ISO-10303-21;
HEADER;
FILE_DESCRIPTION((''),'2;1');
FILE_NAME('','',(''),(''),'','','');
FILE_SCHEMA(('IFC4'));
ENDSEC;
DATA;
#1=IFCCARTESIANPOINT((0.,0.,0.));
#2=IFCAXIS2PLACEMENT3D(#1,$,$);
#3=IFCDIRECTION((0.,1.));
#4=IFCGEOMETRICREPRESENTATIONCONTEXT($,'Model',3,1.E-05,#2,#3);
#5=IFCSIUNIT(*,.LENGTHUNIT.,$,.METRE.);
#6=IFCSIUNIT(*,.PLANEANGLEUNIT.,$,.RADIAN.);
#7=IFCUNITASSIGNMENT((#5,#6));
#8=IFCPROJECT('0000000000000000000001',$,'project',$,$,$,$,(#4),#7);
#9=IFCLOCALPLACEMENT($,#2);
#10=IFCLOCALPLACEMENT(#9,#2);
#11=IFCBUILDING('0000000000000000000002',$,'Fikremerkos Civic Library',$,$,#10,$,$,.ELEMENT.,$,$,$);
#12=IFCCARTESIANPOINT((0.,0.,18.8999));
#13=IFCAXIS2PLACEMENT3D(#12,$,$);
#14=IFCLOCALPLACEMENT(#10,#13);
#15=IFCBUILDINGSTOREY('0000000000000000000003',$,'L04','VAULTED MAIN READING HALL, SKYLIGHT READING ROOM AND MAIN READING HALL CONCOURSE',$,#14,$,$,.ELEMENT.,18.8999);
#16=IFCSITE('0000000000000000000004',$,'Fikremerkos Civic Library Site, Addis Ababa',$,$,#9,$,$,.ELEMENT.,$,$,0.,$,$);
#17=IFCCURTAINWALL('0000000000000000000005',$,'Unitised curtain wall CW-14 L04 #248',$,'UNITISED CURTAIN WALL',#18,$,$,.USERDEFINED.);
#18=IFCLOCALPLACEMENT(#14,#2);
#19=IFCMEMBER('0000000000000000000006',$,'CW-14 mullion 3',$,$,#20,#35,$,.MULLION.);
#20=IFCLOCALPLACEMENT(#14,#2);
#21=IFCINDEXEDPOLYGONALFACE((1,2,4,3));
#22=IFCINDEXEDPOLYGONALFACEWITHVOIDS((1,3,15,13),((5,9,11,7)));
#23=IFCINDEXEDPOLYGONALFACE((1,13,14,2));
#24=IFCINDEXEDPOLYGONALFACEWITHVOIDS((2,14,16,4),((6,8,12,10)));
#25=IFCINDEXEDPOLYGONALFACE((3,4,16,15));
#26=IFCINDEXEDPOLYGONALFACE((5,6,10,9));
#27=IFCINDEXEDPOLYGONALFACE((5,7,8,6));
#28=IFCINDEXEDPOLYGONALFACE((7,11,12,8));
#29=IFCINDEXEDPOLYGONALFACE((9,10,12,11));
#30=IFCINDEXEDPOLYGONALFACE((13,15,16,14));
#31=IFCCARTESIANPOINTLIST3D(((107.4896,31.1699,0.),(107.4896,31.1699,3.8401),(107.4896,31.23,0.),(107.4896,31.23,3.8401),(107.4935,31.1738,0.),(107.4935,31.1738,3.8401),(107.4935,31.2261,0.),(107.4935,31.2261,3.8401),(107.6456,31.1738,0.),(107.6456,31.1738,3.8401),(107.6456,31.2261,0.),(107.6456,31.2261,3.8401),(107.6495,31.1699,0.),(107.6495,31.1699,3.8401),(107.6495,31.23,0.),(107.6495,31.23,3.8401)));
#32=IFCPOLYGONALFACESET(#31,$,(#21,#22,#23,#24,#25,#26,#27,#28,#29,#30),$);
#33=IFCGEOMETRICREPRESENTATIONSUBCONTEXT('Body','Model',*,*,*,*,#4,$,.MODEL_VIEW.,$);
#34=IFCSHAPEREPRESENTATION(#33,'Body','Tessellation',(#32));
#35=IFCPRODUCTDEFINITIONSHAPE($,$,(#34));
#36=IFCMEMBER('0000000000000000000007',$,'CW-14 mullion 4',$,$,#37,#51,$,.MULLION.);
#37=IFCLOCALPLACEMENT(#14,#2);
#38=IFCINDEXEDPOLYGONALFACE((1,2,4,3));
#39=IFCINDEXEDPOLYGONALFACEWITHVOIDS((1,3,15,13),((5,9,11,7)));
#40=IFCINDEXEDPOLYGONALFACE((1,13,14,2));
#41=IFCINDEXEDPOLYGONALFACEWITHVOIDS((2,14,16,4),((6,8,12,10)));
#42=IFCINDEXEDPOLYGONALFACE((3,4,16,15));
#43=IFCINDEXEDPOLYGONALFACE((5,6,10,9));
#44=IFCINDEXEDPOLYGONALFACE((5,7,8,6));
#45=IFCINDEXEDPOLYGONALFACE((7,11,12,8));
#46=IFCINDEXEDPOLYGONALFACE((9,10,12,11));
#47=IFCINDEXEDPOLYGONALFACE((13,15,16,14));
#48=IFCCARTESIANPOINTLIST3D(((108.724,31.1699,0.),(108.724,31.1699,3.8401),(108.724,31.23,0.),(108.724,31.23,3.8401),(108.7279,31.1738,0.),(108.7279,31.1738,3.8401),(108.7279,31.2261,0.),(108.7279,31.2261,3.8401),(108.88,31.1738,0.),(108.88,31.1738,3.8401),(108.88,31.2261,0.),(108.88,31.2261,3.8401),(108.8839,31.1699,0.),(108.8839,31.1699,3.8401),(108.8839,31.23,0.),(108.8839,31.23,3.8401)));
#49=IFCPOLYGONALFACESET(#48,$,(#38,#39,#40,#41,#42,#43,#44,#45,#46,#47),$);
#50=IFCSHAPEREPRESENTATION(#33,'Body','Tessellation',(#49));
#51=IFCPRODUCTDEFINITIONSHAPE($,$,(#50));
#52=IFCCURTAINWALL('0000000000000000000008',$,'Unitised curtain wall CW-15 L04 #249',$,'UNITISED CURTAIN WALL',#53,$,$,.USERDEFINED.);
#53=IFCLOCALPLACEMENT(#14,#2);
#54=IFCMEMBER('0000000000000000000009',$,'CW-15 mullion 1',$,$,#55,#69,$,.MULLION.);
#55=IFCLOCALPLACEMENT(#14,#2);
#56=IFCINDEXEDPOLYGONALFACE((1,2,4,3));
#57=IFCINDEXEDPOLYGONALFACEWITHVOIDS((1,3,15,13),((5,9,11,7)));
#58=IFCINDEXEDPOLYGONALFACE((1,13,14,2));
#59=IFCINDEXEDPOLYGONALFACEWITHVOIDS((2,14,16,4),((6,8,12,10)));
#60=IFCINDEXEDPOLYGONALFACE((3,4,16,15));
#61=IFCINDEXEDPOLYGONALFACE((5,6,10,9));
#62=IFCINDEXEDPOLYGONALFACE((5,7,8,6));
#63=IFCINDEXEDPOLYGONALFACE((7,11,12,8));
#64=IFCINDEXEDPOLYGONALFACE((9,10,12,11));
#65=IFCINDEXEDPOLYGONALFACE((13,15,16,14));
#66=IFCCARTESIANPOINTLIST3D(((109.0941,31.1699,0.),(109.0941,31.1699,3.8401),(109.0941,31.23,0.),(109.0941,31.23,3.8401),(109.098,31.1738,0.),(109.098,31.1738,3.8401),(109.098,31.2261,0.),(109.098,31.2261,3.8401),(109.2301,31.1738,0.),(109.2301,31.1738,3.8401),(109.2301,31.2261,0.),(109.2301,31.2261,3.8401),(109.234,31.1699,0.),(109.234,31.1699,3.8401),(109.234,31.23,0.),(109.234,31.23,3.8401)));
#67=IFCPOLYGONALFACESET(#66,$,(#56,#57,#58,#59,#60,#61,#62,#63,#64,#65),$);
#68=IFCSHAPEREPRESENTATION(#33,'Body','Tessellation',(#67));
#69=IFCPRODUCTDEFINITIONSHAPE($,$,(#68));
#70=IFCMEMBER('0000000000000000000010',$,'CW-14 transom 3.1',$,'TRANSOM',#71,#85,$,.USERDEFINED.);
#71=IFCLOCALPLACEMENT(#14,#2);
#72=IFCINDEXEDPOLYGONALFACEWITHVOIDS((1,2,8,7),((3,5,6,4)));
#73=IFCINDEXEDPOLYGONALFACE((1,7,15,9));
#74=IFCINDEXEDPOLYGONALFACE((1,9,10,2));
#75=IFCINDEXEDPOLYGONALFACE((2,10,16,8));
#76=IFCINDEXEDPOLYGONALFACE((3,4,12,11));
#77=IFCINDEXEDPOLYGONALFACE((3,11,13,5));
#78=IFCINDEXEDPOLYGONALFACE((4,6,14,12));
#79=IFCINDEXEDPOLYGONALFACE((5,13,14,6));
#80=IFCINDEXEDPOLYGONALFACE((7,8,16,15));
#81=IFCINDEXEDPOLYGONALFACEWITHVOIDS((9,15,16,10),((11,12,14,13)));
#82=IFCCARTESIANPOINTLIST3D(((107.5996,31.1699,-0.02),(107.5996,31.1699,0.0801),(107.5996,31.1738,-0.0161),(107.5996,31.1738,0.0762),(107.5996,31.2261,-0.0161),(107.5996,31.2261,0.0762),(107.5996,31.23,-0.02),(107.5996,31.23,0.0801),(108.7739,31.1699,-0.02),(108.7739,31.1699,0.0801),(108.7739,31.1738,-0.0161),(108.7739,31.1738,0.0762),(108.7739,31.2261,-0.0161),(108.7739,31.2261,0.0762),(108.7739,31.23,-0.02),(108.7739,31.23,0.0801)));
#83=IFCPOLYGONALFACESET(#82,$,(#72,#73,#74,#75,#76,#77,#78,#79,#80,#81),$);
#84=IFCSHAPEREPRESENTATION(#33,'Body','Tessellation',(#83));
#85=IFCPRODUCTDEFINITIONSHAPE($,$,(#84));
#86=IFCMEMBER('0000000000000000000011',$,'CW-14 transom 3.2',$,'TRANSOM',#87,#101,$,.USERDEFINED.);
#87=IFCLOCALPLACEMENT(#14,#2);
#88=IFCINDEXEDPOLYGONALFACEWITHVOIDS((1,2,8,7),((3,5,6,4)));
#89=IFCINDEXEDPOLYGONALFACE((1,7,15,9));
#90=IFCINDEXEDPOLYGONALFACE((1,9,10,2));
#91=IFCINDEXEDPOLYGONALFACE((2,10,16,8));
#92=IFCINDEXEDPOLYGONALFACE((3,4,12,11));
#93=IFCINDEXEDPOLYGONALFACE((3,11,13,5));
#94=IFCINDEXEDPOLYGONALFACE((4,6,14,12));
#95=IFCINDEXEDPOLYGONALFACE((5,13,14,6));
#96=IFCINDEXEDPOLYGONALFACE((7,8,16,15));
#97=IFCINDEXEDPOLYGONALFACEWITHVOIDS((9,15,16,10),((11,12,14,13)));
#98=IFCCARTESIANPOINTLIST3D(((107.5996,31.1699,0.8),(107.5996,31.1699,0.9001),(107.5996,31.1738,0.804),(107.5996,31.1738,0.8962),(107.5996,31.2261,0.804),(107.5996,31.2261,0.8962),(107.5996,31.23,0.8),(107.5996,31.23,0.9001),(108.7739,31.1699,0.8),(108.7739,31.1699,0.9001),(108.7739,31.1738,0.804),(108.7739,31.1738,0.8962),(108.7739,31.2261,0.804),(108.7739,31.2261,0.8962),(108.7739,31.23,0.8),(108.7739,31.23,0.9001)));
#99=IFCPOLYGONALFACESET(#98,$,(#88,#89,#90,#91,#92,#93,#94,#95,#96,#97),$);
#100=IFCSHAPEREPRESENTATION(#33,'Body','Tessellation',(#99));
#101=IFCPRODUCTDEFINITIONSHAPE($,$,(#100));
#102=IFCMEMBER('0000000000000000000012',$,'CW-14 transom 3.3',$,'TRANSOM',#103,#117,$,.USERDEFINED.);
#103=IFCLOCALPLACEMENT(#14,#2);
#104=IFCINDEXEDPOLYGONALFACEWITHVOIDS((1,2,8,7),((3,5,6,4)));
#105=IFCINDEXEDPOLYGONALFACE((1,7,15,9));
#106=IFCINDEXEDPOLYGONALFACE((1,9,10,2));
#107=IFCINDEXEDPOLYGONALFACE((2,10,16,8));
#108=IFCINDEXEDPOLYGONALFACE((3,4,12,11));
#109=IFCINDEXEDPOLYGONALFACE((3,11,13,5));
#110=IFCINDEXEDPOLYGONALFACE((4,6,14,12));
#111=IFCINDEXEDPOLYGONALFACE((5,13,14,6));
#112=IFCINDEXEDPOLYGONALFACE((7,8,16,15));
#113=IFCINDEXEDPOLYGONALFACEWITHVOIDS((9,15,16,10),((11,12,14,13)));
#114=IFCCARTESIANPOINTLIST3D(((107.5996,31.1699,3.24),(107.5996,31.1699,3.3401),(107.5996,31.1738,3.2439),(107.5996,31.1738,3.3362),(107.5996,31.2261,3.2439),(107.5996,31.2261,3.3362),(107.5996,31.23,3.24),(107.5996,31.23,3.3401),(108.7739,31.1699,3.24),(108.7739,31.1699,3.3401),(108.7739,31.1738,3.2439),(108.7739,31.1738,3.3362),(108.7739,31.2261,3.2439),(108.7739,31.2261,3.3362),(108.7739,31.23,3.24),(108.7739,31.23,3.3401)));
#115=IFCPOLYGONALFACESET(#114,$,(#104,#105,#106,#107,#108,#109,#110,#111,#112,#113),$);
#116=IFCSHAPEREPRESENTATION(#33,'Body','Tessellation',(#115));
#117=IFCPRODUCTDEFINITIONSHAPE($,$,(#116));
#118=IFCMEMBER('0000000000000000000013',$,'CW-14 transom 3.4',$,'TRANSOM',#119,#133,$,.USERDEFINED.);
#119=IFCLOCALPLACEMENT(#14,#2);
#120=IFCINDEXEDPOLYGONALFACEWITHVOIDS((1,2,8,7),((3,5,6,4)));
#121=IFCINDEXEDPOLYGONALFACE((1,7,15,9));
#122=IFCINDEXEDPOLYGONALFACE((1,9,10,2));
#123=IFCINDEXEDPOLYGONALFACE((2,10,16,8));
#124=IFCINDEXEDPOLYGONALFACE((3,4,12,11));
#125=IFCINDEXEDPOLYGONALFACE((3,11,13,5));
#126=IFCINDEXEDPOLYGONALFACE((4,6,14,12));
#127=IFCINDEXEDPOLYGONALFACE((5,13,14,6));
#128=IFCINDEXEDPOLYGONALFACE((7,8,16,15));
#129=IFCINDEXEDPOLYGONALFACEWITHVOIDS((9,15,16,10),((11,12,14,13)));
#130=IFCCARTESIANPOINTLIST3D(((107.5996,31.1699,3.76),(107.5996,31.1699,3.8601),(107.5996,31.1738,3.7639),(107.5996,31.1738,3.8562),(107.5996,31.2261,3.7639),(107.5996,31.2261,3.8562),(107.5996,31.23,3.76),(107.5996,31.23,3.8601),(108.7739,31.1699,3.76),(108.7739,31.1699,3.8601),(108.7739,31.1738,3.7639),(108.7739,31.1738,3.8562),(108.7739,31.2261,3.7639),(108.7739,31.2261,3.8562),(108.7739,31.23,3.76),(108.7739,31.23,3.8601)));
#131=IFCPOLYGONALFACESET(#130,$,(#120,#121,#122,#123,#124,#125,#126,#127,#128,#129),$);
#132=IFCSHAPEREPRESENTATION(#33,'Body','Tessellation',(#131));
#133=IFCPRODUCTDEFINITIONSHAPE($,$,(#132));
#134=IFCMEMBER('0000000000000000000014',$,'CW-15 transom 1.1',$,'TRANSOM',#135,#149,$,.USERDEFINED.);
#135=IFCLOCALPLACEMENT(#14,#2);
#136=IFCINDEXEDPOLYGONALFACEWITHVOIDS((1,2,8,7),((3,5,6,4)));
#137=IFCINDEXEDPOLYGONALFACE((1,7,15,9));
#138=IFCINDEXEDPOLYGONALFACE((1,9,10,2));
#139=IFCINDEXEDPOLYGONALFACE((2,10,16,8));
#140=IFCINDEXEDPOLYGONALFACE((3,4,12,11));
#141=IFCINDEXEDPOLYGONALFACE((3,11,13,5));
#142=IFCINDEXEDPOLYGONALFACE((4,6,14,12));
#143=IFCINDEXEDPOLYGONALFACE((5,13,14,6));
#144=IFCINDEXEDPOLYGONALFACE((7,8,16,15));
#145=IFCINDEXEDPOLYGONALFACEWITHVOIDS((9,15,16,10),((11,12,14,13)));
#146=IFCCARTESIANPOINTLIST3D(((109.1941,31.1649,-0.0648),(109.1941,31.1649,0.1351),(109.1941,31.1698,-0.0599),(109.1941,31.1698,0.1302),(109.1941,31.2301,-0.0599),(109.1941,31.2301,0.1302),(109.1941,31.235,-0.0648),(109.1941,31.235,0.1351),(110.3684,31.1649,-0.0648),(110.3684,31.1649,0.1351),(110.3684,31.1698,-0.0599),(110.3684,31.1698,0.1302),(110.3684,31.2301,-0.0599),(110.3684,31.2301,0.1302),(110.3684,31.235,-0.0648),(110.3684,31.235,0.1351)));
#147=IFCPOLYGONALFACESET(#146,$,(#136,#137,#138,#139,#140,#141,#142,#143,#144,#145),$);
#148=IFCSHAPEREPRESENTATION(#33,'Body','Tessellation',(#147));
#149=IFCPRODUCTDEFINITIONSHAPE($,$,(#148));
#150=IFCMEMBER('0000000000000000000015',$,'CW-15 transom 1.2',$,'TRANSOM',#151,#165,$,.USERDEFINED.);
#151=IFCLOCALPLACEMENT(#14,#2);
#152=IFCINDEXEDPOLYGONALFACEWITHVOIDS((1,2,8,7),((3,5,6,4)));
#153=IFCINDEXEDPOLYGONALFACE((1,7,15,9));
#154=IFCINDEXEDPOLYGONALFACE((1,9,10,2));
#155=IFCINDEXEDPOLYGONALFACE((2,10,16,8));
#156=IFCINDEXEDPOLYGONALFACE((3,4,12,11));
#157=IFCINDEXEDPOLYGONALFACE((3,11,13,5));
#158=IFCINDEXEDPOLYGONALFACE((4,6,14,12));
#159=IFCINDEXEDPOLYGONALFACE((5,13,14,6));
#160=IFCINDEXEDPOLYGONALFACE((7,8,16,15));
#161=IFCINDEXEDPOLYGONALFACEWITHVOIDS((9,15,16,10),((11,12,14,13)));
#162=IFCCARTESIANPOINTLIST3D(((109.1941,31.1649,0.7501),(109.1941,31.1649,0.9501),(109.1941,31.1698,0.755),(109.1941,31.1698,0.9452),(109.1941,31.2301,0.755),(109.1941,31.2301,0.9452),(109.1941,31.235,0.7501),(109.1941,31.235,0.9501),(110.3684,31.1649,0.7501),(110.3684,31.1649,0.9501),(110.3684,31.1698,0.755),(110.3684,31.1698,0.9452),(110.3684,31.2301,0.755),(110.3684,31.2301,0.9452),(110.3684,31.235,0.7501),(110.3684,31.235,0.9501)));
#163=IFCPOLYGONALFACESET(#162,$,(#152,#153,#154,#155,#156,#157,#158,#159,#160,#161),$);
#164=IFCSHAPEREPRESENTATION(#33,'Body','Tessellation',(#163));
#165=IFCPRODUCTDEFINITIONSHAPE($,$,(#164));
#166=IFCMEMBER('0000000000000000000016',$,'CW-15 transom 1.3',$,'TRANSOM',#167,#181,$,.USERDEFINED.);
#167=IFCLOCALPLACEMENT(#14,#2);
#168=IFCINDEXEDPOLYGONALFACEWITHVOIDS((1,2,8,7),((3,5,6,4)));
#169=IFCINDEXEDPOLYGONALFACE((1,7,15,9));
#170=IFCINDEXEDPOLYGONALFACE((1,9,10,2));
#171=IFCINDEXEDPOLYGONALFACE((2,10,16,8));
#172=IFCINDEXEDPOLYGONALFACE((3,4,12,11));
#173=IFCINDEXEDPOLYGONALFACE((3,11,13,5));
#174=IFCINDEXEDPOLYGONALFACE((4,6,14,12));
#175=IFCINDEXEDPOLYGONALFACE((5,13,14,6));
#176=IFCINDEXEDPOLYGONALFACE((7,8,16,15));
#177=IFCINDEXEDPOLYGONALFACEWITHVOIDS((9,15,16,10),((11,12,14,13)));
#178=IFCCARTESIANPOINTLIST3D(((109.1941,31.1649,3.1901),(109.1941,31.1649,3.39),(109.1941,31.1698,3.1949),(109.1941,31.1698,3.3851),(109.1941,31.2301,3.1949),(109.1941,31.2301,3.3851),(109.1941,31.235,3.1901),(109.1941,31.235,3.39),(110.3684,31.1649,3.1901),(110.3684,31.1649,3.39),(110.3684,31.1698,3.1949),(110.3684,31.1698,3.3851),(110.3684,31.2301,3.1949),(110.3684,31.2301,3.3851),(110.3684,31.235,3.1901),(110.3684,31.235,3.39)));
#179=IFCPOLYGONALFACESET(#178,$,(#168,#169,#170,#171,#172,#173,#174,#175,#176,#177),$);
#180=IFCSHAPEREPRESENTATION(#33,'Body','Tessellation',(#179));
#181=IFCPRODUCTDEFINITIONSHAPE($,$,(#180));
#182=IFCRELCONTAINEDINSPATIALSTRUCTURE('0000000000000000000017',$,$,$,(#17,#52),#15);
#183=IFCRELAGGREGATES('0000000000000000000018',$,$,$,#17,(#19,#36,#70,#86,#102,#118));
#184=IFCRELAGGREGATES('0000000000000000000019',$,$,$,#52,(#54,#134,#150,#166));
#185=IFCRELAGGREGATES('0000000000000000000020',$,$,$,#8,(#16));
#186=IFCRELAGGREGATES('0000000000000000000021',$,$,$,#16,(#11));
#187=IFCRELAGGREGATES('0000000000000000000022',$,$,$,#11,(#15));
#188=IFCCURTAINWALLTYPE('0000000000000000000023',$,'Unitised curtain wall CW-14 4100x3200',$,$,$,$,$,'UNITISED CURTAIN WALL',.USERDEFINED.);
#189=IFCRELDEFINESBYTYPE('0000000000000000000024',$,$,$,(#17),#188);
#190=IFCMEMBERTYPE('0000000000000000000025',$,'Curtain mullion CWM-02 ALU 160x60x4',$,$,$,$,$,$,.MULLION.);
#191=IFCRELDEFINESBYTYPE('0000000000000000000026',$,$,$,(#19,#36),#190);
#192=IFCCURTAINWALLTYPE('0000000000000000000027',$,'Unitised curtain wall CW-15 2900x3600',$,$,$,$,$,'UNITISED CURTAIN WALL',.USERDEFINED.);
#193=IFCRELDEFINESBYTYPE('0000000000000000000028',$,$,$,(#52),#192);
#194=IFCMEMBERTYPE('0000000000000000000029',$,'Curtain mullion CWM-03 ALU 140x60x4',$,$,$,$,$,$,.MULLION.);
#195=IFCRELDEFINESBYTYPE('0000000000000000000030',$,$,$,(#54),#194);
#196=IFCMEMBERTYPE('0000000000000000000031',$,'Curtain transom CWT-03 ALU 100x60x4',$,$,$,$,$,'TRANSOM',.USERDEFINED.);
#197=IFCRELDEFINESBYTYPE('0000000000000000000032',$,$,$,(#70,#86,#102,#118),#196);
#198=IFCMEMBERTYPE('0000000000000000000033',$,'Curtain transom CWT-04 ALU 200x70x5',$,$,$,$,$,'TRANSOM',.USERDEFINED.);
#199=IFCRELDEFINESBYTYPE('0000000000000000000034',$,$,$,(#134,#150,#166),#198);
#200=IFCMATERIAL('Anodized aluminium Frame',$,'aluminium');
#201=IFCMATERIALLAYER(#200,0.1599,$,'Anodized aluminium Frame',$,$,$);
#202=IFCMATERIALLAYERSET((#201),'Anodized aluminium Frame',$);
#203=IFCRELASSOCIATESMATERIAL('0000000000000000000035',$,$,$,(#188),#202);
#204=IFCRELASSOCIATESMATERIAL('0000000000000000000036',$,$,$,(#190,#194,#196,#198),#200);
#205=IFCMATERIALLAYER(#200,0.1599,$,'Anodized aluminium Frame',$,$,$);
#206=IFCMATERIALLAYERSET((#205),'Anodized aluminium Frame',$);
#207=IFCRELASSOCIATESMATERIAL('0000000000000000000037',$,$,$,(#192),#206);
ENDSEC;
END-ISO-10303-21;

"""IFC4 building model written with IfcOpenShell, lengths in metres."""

from ifc_helpers import new_model, si_unit, direction, frame, origin, origin_2d, place, context, subcontext, project, spatial, hollow_rectangle, extrude, material, layer, layer_set, material_profile, profile_set, type_object, element, aggregate, save


model = new_model("IFC4")

# Units and contexts
model_context = context("Model", 3, precision=1e-05, world=origin(), true_north=direction((0.0, 1.0)))
body_context = subcontext(model_context, "Body", "Model", "MODEL_VIEW")
ifc_project = project(units=[si_unit("LENGTHUNIT", "METRE"), si_unit("PLANEANGLEUNIT", "RADIAN")], contexts=[model_context])

# Site, building, storey
site_placement = place(None, origin())
site = spatial("IfcSite", under=ifc_project, at=site_placement, Name="Fikremerkos Civic Library Site, Addis Ababa", CompositionType="ELEMENT", RefElevation=0.0)
building_placement = place(site_placement, origin())
building = spatial("IfcBuilding", under=site, at=building_placement, Name="Fikremerkos Civic Library", CompositionType="ELEMENT")
storey_placement = place(building_placement, frame((0.0, 0.0, 18.8999)))
storey = spatial("IfcBuildingStorey", under=building, at=storey_placement, Name="L04", Description="VAULTED MAIN READING HALL, SKYLIGHT READING ROOM AND MAIN READING HALL CONCOURSE", CompositionType="ELEMENT", Elevation=18.8999)

# Curtain wall, members
ifc_material_1 = material(Name="Anodized aluminium Frame", Category="aluminium")
ifc_layer_1 = layer(ifc_material_1, 0.1599, Name="Anodized aluminium Frame")
ifc_layer_set_1 = layer_set([ifc_layer_1], Name="Anodized aluminium Frame")
curtain_wall_type_1 = type_object("IfcCurtainWallType", Name="Unitised curtain wall CW-14 4100x3200", ElementType="UNITISED CURTAIN WALL", PredefinedType="USERDEFINED", material=ifc_layer_set_1)
curtain_wall_1_placement = place(storey_placement, origin())
curtain_wall_1 = element("IfcCurtainWall", 1, at=curtain_wall_1_placement, inside=storey, type_object=curtain_wall_type_1, Name="Unitised curtain wall CW-14 L04 #248", ObjectType="UNITISED CURTAIN WALL", PredefinedType="USERDEFINED")
ifc_material_profile_1 = material_profile(ifc_material_1, hollow_rectangle(XDim=0.0601, YDim=0.1599, WallThickness=0.0039, at=origin_2d()), Name="ALU 160x60x4")
ifc_profile_set_1 = profile_set([ifc_material_profile_1], Name="Anodized aluminium Frame")
member_type_1 = type_object("IfcMemberType", Name="Curtain mullion CWM-02 ALU 160x60x4", PredefinedType="MULLION", material=ifc_profile_set_1)
member_1_placement = place(storey_placement, frame((107.5696, 31.2, 0.0), z_axis=(0.0, 0.0, 1.0), x_axis=(0.0, 1.0, 0.0)))
member_1 = element("IfcMember", 2, at=member_1_placement, type_object=member_type_1, Name="CW-14 mullion 3", PredefinedType="MULLION", context=body_context, shape_type="SweptSolid", body=[
    extrude(hollow_rectangle(XDim=0.0601, YDim=0.1599, WallThickness=0.0039, at=origin_2d()), origin(), (0.0, 0.0, 1.0), 3.8401),
])
member_2_placement = place(storey_placement, frame((108.804, 31.2, 0.0), z_axis=(0.0, 0.0, 1.0), x_axis=(0.0, 1.0, 0.0)))
member_2 = element("IfcMember", 3, at=member_2_placement, type_object=member_type_1, Name="CW-14 mullion 4", PredefinedType="MULLION", context=body_context, shape_type="SweptSolid", body=[
    extrude(hollow_rectangle(XDim=0.0601, YDim=0.1599, WallThickness=0.0039, at=origin_2d()), origin(), (0.0, 0.0, 1.0), 3.8401),
])

# Curtain wall, member
ifc_layer_2 = layer(ifc_material_1, 0.1599, Name="Anodized aluminium Frame")
ifc_layer_set_2 = layer_set([ifc_layer_2], Name="Anodized aluminium Frame")
curtain_wall_type_2 = type_object("IfcCurtainWallType", Name="Unitised curtain wall CW-15 2900x3600", ElementType="UNITISED CURTAIN WALL", PredefinedType="USERDEFINED", material=ifc_layer_set_2)
curtain_wall_2_placement = place(storey_placement, origin())
curtain_wall_2 = element("IfcCurtainWall", 4, at=curtain_wall_2_placement, inside=storey, type_object=curtain_wall_type_2, Name="Unitised curtain wall CW-15 L04 #249", ObjectType="UNITISED CURTAIN WALL", PredefinedType="USERDEFINED")
ifc_material_profile_2 = material_profile(ifc_material_1, hollow_rectangle(XDim=0.0601, YDim=0.1399, WallThickness=0.0039, at=origin_2d()), Name="ALU 140x60x4")
ifc_profile_set_2 = profile_set([ifc_material_profile_2], Name="Anodized aluminium Frame")
member_type_2 = type_object("IfcMemberType", Name="Curtain mullion CWM-03 ALU 140x60x4", PredefinedType="MULLION", material=ifc_profile_set_2)
member_3_placement = place(storey_placement, frame((109.1641, 31.2, 0.0), z_axis=(0.0, 0.0, 1.0), x_axis=(0.0, 1.0, 0.0)))
member_3 = element("IfcMember", 5, at=member_3_placement, type_object=member_type_2, Name="CW-15 mullion 1", PredefinedType="MULLION", context=body_context, shape_type="SweptSolid", body=[
    extrude(hollow_rectangle(XDim=0.0601, YDim=0.1399, WallThickness=0.0039, at=origin_2d()), origin(), (0.0, 0.0, 1.0), 3.8401),
])

# Members
ifc_material_profile_3 = material_profile(ifc_material_1, hollow_rectangle(XDim=0.0601, YDim=0.1001, WallThickness=0.0039, at=origin_2d()), Name="ALU 100x60x4")
ifc_profile_set_3 = profile_set([ifc_material_profile_3], Name="Anodized aluminium Frame")
member_type_3 = type_object("IfcMemberType", Name="Curtain transom CWT-03 ALU 100x60x4", ElementType="TRANSOM", PredefinedType="USERDEFINED", material=ifc_profile_set_3)
member_4_placement = place(storey_placement, frame((107.5996, 31.2, 0.03), z_axis=(1.0, 0.0, 0.0), x_axis=(0.0, 1.0, 0.0)))
member_4 = element("IfcMember", 6, at=member_4_placement, type_object=member_type_3, Name="CW-14 transom 3.1", ObjectType="TRANSOM", PredefinedType="USERDEFINED", context=body_context, shape_type="SweptSolid", body=[
    extrude(hollow_rectangle(XDim=0.0601, YDim=0.1001, WallThickness=0.0039, at=origin_2d()), origin(), (0.0, 0.0, 1.0), 1.1743),
])
member_5_placement = place(storey_placement, frame((107.5996, 31.2, 0.8501), z_axis=(1.0, 0.0, 0.0), x_axis=(0.0, 1.0, 0.0)))
member_5 = element("IfcMember", 7, at=member_5_placement, type_object=member_type_3, Name="CW-14 transom 3.2", ObjectType="TRANSOM", PredefinedType="USERDEFINED", context=body_context, shape_type="SweptSolid", body=[
    extrude(hollow_rectangle(XDim=0.0601, YDim=0.1001, WallThickness=0.0039, at=origin_2d()), origin(), (0.0, 0.0, 1.0), 1.1743),
])
member_6_placement = place(storey_placement, frame((107.5996, 31.2, 3.29), z_axis=(1.0, 0.0, 0.0), x_axis=(0.0, 1.0, 0.0)))
member_6 = element("IfcMember", 8, at=member_6_placement, type_object=member_type_3, Name="CW-14 transom 3.3", ObjectType="TRANSOM", PredefinedType="USERDEFINED", context=body_context, shape_type="SweptSolid", body=[
    extrude(hollow_rectangle(XDim=0.0601, YDim=0.1001, WallThickness=0.0039, at=origin_2d()), origin(), (0.0, 0.0, 1.0), 1.1743),
])
member_7_placement = place(storey_placement, frame((107.5996, 31.2, 3.8101), z_axis=(1.0, 0.0, 0.0), x_axis=(0.0, 1.0, 0.0)))
member_7 = element("IfcMember", 9, at=member_7_placement, type_object=member_type_3, Name="CW-14 transom 3.4", ObjectType="TRANSOM", PredefinedType="USERDEFINED", context=body_context, shape_type="SweptSolid", body=[
    extrude(hollow_rectangle(XDim=0.0601, YDim=0.1001, WallThickness=0.0039, at=origin_2d()), origin(), (0.0, 0.0, 1.0), 1.1743),
])
ifc_material_profile_4 = material_profile(ifc_material_1, hollow_rectangle(XDim=0.0701, YDim=0.2, WallThickness=0.0049, at=origin_2d()), Name="ALU 200x70x5")
ifc_profile_set_4 = profile_set([ifc_material_profile_4], Name="Anodized aluminium Frame")
member_type_4 = type_object("IfcMemberType", Name="Curtain transom CWT-04 ALU 200x70x5", ElementType="TRANSOM", PredefinedType="USERDEFINED", material=ifc_profile_set_4)
member_8_placement = place(storey_placement, frame((109.1941, 31.2, 0.0352), z_axis=(1.0, 0.0, 0.0), x_axis=(0.0, 1.0, 0.0)))
member_8 = element("IfcMember", 10, at=member_8_placement, type_object=member_type_4, Name="CW-15 transom 1.1", ObjectType="TRANSOM", PredefinedType="USERDEFINED", context=body_context, shape_type="SweptSolid", body=[
    extrude(hollow_rectangle(XDim=0.0701, YDim=0.2, WallThickness=0.0049, at=origin_2d()), origin(), (0.0, 0.0, 1.0), 1.1743),
])
member_9_placement = place(storey_placement, frame((109.1941, 31.2, 0.8501), z_axis=(1.0, 0.0, 0.0), x_axis=(0.0, 1.0, 0.0)))
member_9 = element("IfcMember", 11, at=member_9_placement, type_object=member_type_4, Name="CW-15 transom 1.2", ObjectType="TRANSOM", PredefinedType="USERDEFINED", context=body_context, shape_type="SweptSolid", body=[
    extrude(hollow_rectangle(XDim=0.0701, YDim=0.2, WallThickness=0.0049, at=origin_2d()), origin(), (0.0, 0.0, 1.0), 1.1743),
])
member_10_placement = place(storey_placement, frame((109.1941, 31.2, 3.29), z_axis=(1.0, 0.0, 0.0), x_axis=(0.0, 1.0, 0.0)))
member_10 = element("IfcMember", 12, at=member_10_placement, type_object=member_type_4, Name="CW-15 transom 1.3", ObjectType="TRANSOM", PredefinedType="USERDEFINED", context=body_context, shape_type="SweptSolid", body=[
    extrude(hollow_rectangle(XDim=0.0701, YDim=0.2, WallThickness=0.0049, at=origin_2d()), origin(), (0.0, 0.0, 1.0), 1.1743),
])

aggregate(curtain_wall_1, [member_1, member_2, member_4, member_5, member_6, member_7])
aggregate(curtain_wall_2, [member_3, member_8, member_9, member_10])

save(model, "model.ifc")
